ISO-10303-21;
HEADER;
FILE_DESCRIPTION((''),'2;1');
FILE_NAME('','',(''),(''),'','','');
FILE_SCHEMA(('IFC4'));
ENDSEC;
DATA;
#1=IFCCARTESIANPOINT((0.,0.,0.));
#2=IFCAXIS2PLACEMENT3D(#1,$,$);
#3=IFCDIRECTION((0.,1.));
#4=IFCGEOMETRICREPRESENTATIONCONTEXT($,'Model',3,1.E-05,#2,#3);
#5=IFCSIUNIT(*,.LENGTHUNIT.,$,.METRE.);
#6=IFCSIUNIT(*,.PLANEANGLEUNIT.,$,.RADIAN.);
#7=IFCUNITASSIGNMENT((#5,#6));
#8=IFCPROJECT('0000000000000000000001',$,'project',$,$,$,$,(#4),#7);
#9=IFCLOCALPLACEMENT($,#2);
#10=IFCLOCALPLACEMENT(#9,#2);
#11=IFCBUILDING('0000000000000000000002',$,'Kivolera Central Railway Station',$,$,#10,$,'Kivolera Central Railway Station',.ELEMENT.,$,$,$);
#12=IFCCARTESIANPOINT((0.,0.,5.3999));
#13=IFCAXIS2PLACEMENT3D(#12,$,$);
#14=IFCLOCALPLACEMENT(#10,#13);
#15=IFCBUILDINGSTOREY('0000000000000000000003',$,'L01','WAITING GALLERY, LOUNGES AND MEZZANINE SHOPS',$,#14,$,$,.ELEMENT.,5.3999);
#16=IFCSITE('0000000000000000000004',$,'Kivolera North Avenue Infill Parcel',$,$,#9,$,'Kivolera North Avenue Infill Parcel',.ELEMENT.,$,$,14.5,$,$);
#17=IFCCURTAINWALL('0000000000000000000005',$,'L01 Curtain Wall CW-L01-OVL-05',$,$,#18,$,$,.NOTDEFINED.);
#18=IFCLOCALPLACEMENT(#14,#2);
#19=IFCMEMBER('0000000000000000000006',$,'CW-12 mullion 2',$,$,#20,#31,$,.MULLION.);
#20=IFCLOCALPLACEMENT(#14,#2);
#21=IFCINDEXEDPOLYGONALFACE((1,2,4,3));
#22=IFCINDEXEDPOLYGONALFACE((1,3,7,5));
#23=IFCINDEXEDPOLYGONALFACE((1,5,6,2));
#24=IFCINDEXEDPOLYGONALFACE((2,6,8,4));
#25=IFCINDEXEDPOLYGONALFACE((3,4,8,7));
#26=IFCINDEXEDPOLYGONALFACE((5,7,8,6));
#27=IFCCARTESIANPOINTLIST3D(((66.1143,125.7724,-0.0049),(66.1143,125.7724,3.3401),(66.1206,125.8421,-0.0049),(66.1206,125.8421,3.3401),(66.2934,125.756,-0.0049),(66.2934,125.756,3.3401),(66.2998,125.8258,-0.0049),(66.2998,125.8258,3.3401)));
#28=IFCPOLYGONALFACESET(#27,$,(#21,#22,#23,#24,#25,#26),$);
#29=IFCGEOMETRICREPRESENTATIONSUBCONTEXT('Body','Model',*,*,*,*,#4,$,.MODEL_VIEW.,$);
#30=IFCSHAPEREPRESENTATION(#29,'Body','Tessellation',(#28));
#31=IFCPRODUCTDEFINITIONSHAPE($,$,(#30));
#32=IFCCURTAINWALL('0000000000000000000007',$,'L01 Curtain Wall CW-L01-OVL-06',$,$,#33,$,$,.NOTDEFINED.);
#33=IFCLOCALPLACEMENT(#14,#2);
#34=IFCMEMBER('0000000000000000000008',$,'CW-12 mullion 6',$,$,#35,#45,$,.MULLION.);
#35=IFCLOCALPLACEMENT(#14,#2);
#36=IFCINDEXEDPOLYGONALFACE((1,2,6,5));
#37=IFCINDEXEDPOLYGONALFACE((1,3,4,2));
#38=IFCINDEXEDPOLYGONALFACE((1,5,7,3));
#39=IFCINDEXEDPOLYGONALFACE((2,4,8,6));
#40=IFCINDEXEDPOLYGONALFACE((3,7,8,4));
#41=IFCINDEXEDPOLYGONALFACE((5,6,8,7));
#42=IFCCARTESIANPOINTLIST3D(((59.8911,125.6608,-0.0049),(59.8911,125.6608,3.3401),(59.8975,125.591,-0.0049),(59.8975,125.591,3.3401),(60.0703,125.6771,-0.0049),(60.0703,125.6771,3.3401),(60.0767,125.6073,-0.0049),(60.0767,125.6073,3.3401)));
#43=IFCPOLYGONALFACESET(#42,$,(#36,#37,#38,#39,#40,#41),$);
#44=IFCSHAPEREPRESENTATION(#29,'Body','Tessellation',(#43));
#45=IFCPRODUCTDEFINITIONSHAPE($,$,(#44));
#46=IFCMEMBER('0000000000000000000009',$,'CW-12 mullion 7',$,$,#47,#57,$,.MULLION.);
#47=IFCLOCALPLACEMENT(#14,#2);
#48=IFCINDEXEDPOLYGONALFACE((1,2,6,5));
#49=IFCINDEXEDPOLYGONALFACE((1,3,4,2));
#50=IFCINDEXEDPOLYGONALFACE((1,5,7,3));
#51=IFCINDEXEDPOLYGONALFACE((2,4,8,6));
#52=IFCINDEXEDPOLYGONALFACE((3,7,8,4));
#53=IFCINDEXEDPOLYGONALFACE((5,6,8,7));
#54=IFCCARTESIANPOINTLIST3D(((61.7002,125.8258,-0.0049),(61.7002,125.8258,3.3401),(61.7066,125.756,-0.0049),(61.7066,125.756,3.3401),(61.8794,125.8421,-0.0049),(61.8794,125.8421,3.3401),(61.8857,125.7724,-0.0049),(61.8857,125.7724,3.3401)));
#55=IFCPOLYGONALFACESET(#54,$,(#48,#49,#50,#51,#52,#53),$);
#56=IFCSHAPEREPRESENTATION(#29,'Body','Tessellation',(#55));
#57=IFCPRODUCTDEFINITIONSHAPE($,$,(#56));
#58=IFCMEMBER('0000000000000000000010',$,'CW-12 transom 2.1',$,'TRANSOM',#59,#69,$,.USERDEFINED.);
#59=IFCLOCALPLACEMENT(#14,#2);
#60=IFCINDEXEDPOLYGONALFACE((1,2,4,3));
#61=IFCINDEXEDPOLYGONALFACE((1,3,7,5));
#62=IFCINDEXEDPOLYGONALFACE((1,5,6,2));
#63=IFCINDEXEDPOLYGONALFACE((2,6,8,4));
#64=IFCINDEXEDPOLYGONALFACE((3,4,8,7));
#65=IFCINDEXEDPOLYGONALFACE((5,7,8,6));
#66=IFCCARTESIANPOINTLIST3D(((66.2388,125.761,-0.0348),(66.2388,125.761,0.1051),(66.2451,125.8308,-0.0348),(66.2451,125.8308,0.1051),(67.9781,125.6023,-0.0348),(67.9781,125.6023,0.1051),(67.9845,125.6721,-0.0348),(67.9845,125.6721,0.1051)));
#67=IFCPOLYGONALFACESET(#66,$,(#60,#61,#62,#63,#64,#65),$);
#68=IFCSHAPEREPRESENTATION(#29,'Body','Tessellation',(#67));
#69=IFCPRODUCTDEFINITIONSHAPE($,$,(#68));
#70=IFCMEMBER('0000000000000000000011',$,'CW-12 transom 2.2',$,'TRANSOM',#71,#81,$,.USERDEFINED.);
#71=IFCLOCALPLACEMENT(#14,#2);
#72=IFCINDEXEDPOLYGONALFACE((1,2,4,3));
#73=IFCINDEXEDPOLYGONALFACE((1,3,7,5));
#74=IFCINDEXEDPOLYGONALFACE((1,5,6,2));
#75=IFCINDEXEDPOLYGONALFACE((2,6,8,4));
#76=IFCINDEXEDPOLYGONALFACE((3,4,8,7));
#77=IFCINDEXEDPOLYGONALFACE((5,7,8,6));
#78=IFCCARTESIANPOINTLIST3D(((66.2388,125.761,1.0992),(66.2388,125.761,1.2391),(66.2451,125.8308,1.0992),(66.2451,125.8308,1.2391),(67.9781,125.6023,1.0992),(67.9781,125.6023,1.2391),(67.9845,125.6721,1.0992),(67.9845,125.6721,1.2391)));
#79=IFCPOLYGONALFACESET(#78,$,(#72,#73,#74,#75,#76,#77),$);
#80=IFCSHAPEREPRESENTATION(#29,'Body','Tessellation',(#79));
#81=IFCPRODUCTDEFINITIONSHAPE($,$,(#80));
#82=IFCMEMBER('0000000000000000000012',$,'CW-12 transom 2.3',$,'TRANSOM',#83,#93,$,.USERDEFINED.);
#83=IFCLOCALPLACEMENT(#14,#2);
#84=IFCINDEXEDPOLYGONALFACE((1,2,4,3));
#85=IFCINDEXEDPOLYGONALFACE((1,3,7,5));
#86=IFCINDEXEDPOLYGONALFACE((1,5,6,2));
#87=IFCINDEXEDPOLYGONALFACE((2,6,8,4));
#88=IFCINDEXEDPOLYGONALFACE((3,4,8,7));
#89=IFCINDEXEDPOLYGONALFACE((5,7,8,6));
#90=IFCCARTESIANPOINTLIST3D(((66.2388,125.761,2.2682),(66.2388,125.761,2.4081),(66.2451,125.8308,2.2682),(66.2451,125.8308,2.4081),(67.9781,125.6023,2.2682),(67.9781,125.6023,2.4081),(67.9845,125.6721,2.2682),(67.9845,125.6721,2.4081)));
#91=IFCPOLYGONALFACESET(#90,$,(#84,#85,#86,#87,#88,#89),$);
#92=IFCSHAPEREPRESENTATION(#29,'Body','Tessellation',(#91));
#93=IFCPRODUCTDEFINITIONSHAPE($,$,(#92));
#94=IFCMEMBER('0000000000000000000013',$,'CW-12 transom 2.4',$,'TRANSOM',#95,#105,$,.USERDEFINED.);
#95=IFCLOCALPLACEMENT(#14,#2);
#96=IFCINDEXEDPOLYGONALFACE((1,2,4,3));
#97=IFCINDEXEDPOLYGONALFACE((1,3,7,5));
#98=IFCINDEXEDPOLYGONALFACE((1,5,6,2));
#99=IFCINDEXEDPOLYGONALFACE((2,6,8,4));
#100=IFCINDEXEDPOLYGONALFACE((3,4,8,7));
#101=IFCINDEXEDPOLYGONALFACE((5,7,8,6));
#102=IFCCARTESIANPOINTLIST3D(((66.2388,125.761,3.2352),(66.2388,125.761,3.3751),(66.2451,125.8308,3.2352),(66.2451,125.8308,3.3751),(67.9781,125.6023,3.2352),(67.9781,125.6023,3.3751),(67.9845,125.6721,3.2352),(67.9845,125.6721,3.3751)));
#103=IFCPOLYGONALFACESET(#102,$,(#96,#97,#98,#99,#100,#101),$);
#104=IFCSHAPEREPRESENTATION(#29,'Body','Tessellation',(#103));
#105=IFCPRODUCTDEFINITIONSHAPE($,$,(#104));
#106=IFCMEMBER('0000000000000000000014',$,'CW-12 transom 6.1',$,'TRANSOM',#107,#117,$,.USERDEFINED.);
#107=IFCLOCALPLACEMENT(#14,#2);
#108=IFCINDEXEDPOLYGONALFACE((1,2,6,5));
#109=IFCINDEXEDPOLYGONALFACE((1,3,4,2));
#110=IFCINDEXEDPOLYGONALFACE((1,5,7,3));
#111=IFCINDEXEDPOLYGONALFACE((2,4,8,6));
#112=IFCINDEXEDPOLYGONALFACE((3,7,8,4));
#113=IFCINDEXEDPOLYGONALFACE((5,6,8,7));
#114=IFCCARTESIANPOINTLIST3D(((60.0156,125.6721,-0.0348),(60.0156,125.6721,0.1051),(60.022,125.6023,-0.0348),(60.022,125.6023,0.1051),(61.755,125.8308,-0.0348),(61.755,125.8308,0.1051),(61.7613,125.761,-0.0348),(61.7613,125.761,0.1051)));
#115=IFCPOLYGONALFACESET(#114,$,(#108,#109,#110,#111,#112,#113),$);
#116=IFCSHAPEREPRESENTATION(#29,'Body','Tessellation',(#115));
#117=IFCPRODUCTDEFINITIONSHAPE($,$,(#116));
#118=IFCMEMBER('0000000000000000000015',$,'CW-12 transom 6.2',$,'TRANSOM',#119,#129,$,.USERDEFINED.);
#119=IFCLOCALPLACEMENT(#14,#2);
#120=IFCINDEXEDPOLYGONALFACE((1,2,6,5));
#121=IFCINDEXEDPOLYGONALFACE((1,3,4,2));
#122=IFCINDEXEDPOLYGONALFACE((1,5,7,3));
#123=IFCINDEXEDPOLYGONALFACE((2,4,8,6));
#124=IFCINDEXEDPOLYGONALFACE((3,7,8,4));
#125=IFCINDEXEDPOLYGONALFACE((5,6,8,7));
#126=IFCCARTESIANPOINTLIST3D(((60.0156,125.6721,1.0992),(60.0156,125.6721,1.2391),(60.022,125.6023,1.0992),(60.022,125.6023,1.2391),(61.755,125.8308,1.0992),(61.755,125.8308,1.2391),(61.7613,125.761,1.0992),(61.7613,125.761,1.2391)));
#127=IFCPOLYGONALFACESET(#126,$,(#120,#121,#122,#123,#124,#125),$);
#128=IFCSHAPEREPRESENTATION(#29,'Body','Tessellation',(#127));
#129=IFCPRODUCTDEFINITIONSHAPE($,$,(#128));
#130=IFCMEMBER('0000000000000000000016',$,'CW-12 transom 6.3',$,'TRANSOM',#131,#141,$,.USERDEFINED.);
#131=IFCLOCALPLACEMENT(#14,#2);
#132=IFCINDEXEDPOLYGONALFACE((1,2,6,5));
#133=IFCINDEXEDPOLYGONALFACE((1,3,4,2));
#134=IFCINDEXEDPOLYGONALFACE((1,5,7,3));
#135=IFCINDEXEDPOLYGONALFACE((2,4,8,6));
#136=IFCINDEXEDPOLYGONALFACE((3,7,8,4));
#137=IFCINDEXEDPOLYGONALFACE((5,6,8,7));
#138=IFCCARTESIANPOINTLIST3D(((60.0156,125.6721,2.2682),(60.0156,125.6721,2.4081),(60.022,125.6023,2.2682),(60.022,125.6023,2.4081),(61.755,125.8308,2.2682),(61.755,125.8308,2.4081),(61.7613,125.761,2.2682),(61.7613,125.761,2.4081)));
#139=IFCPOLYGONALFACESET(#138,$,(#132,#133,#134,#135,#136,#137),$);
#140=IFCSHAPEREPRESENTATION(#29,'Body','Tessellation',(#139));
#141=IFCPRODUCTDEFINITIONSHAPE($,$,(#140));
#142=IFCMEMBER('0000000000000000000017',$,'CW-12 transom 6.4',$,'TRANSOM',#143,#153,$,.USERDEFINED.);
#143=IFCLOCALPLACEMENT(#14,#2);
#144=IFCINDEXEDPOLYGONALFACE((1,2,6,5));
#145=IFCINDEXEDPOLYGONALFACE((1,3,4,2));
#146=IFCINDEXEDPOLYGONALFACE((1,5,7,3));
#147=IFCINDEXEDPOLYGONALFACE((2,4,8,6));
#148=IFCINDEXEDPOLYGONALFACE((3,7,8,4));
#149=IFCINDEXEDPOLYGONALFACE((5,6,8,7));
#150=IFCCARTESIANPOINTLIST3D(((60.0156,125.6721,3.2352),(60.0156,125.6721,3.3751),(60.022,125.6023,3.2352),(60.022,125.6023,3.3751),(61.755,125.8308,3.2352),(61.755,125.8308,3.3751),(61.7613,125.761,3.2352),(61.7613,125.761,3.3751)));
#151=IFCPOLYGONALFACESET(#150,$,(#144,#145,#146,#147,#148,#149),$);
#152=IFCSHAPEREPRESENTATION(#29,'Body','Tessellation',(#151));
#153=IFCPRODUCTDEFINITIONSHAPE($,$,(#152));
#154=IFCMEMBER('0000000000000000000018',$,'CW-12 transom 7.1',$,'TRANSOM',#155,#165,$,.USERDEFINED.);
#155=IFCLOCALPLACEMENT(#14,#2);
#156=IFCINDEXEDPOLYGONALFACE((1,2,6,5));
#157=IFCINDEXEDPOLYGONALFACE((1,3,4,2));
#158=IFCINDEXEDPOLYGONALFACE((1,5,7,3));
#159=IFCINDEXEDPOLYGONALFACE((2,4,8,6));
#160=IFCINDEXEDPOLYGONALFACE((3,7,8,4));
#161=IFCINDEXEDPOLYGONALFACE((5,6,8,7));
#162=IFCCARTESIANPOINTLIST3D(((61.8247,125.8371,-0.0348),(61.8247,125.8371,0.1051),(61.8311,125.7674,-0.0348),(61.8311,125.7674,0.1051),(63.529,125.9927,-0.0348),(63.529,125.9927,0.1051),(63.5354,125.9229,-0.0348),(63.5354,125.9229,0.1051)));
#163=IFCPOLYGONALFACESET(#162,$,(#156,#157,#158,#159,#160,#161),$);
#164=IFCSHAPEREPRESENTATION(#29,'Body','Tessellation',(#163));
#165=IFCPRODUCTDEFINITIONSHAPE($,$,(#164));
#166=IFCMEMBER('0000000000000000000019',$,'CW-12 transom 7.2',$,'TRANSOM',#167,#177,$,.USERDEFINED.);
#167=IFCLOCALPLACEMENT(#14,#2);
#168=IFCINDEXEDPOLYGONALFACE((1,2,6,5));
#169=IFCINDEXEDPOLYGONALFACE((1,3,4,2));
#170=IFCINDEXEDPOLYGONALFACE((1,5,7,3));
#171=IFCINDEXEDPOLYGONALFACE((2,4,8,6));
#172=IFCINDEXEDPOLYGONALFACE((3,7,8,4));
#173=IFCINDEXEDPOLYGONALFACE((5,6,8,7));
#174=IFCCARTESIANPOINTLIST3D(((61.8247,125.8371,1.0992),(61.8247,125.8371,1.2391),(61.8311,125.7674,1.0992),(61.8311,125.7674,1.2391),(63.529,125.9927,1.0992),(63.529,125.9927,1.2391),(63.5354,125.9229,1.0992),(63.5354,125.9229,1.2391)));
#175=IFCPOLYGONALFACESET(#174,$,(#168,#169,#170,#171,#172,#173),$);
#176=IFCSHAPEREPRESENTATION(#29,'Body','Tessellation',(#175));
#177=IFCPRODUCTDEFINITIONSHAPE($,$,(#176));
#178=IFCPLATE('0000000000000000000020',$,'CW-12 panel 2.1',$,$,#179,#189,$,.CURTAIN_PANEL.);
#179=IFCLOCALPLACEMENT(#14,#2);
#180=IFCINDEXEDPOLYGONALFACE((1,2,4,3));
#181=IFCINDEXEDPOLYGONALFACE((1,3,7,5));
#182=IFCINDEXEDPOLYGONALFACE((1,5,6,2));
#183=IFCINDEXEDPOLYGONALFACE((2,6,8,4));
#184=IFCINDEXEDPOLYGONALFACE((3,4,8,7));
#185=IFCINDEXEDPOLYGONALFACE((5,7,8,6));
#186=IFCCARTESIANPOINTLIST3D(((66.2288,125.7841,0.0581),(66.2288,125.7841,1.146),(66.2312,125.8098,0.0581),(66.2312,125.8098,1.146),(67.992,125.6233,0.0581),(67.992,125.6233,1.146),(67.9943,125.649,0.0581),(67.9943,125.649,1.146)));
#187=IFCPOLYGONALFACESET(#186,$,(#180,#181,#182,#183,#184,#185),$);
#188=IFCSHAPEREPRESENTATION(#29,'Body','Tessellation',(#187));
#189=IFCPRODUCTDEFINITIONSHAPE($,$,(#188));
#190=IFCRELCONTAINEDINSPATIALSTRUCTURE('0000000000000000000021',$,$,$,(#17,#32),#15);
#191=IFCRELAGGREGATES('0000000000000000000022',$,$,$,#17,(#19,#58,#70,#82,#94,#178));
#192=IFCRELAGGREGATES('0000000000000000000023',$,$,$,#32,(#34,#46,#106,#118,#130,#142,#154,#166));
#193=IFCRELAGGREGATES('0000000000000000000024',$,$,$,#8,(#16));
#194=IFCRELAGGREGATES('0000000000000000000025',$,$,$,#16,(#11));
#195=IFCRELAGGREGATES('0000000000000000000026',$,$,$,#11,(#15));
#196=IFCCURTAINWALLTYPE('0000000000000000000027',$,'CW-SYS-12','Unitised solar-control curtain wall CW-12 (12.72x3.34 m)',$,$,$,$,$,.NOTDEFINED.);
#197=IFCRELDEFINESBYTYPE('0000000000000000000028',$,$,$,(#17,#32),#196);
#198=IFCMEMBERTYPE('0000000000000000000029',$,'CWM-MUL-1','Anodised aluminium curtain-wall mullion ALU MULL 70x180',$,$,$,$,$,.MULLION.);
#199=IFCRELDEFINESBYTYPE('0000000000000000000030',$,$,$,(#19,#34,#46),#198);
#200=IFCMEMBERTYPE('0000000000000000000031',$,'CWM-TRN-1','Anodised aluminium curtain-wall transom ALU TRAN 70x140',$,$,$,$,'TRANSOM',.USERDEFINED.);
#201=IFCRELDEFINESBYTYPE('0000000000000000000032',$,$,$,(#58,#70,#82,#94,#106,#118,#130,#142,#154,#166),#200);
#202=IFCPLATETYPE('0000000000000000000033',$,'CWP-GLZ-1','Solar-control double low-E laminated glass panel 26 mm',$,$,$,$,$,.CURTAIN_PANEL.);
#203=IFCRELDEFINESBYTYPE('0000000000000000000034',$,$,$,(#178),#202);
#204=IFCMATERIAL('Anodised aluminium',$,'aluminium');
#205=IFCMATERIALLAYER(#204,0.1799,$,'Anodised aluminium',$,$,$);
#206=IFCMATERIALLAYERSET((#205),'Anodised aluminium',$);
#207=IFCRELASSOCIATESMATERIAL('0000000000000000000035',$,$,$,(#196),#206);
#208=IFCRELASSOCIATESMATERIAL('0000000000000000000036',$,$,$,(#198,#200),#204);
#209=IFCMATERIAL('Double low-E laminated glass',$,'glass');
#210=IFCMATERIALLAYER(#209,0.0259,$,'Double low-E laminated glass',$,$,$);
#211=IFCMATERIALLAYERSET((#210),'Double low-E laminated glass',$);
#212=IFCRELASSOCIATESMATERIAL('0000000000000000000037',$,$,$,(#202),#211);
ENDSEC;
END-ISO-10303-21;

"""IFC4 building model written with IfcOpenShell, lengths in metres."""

from ifc_helpers import new_model, si_unit, direction, frame, origin, origin_2d, place, context, subcontext, project, spatial, rectangle, extrude, material, layer, layer_set, material_profile, profile_set, type_object, element, aggregate, save


model = new_model("IFC4")

# Units and contexts
model_context = context("Model", 3, precision=1e-05, world=origin(), true_north=direction((0.0, 1.0)))
body_context = subcontext(model_context, "Body", "Model", "MODEL_VIEW")
ifc_project = project(units=[si_unit("LENGTHUNIT", "METRE"), si_unit("PLANEANGLEUNIT", "RADIAN")], contexts=[model_context])

# Site, building, storey
site_placement = place(None, origin())
site = spatial("IfcSite", under=ifc_project, at=site_placement, Name="Kivolera North Avenue Infill Parcel", LongName="Kivolera North Avenue Infill Parcel", CompositionType="ELEMENT", RefElevation=14.5)
building_placement = place(site_placement, origin())
building = spatial("IfcBuilding", under=site, at=building_placement, Name="Kivolera Central Railway Station", LongName="Kivolera Central Railway Station", CompositionType="ELEMENT")
storey_placement = place(building_placement, frame((0.0, 0.0, 5.3999)))
storey = spatial("IfcBuildingStorey", under=building, at=storey_placement, Name="L01", Description="WAITING GALLERY, LOUNGES AND MEZZANINE SHOPS", CompositionType="ELEMENT", Elevation=5.3999)

# Curtain wall, member
ifc_material_1 = material(Name="Anodised aluminium", Category="aluminium")
ifc_layer_1 = layer(ifc_material_1, 0.1799, Name="Anodised aluminium")
ifc_layer_set_1 = layer_set([ifc_layer_1], Name="Anodised aluminium")
curtain_wall_type = type_object("IfcCurtainWallType", Name="CW-SYS-12", Description="Unitised solar-control curtain wall CW-12 (12.72x3.34 m)", PredefinedType="NOTDEFINED", material=ifc_layer_set_1)
curtain_wall_1_placement = place(storey_placement, origin())
curtain_wall_1 = element("IfcCurtainWall", 1, at=curtain_wall_1_placement, inside=storey, type_object=curtain_wall_type, Name="L01 Curtain Wall CW-L01-OVL-05", PredefinedType="NOTDEFINED")
ifc_material_profile_1 = material_profile(ifc_material_1, rectangle(XDim=0.0701, YDim=0.1799, at=origin_2d()), Name="ALU MULL 70x180")
ifc_profile_set_1 = profile_set([ifc_material_profile_1], Name="Anodised aluminium")
member_type_1 = type_object("IfcMemberType", Name="CWM-MUL-1", Description="Anodised aluminium curtain-wall mullion ALU MULL 70x180", PredefinedType="MULLION", material=ifc_profile_set_1)
member_1_placement = place(storey_placement, frame((66.207, 125.7991, -0.0049), z_axis=(0.0, 0.0, 1.0), x_axis=(0.090834, 0.995866, 0.0)))
member_1 = element("IfcMember", 2, at=member_1_placement, type_object=member_type_1, Name="CW-12 mullion 2", PredefinedType="MULLION", context=body_context, shape_type="SweptSolid", body=[
    extrude(rectangle(XDim=0.0701, YDim=0.1799, at=origin_2d()), origin(), (0.0, 0.0, 1.0), 3.345),
])

# Curtain wall, members
curtain_wall_2_placement = place(storey_placement, origin())
curtain_wall_2 = element("IfcCurtainWall", 3, at=curtain_wall_2_placement, inside=storey, type_object=curtain_wall_type, Name="L01 Curtain Wall CW-L01-OVL-06", PredefinedType="NOTDEFINED")
member_2_placement = place(storey_placement, frame((59.9839, 125.634, -0.0049), z_axis=(0.0, 0.0, 1.0), x_axis=(-0.090834, 0.995866, 0.0)))
member_2 = element("IfcMember", 4, at=member_2_placement, type_object=member_type_1, Name="CW-12 mullion 6", PredefinedType="MULLION", context=body_context, shape_type="SweptSolid", body=[
    extrude(rectangle(XDim=0.0701, YDim=0.1799, at=origin_2d()), origin(), (0.0, 0.0, 1.0), 3.345),
])
member_3_placement = place(storey_placement, frame((61.793, 125.7991, -0.0049), z_axis=(0.0, 0.0, 1.0), x_axis=(-0.090834, 0.995866, 0.0)))
member_3 = element("IfcMember", 5, at=member_3_placement, type_object=member_type_1, Name="CW-12 mullion 7", PredefinedType="MULLION", context=body_context, shape_type="SweptSolid", body=[
    extrude(rectangle(XDim=0.0701, YDim=0.1799, at=origin_2d()), origin(), (0.0, 0.0, 1.0), 3.345),
])

# Members
ifc_material_profile_2 = material_profile(ifc_material_1, rectangle(XDim=0.0701, YDim=0.1399, at=origin_2d()), Name="ALU TRAN 70x140")
ifc_profile_set_2 = profile_set([ifc_material_profile_2], Name="Anodised aluminium")
member_type_2 = type_object("IfcMemberType", Name="CWM-TRN-1", Description="Anodised aluminium curtain-wall transom ALU TRAN 70x140", ElementType="TRANSOM", PredefinedType="USERDEFINED", material=ifc_profile_set_2)
member_4_placement = place(storey_placement, frame((66.2419, 125.7959, 0.0352), z_axis=(0.995863, -0.090863, 0.0), x_axis=(0.090863, 0.995863, 0.0)))
member_4 = element("IfcMember", 6, at=member_4_placement, type_object=member_type_2, Name="CW-12 transom 2.1", ObjectType="TRANSOM", PredefinedType="USERDEFINED", context=body_context, shape_type="SweptSolid", body=[
    extrude(rectangle(XDim=0.0701, YDim=0.1399, at=origin_2d()), origin(), (0.0, 0.0, 1.0), 1.7466),
])
member_5_placement = place(storey_placement, frame((66.2419, 125.7959, 1.1692), z_axis=(0.995863, -0.090863, 0.0), x_axis=(0.090863, 0.995863, 0.0)))
member_5 = element("IfcMember", 7, at=member_5_placement, type_object=member_type_2, Name="CW-12 transom 2.2", ObjectType="TRANSOM", PredefinedType="USERDEFINED", context=body_context, shape_type="SweptSolid", body=[
    extrude(rectangle(XDim=0.0701, YDim=0.1399, at=origin_2d()), origin(), (0.0, 0.0, 1.0), 1.7466),
])
member_6_placement = place(storey_placement, frame((66.2419, 125.7959, 2.3381), z_axis=(0.995863, -0.090863, 0.0), x_axis=(0.090863, 0.995863, 0.0)))
member_6 = element("IfcMember", 8, at=member_6_placement, type_object=member_type_2, Name="CW-12 transom 2.3", ObjectType="TRANSOM", PredefinedType="USERDEFINED", context=body_context, shape_type="SweptSolid", body=[
    extrude(rectangle(XDim=0.0701, YDim=0.1399, at=origin_2d()), origin(), (0.0, 0.0, 1.0), 1.7466),
])
member_7_placement = place(storey_placement, frame((66.2419, 125.7959, 3.3052), z_axis=(0.995863, -0.090863, 0.0), x_axis=(0.090863, 0.995863, 0.0)))
member_7 = element("IfcMember", 9, at=member_7_placement, type_object=member_type_2, Name="CW-12 transom 2.4", ObjectType="TRANSOM", PredefinedType="USERDEFINED", context=body_context, shape_type="SweptSolid", body=[
    extrude(rectangle(XDim=0.0701, YDim=0.1399, at=origin_2d()), origin(), (0.0, 0.0, 1.0), 1.7466),
])
member_8_placement = place(storey_placement, frame((60.0188, 125.6372, 0.0352), z_axis=(0.995863, 0.090863, 0.0), x_axis=(-0.090863, 0.995863, 0.0)))
member_8 = element("IfcMember", 10, at=member_8_placement, type_object=member_type_2, Name="CW-12 transom 6.1", ObjectType="TRANSOM", PredefinedType="USERDEFINED", context=body_context, shape_type="SweptSolid", body=[
    extrude(rectangle(XDim=0.0701, YDim=0.1399, at=origin_2d()), origin(), (0.0, 0.0, 1.0), 1.7466),
])
member_9_placement = place(storey_placement, frame((60.0188, 125.6372, 1.1692), z_axis=(0.995863, 0.090863, 0.0), x_axis=(-0.090863, 0.995863, 0.0)))
member_9 = element("IfcMember", 11, at=member_9_placement, type_object=member_type_2, Name="CW-12 transom 6.2", ObjectType="TRANSOM", PredefinedType="USERDEFINED", context=body_context, shape_type="SweptSolid", body=[
    extrude(rectangle(XDim=0.0701, YDim=0.1399, at=origin_2d()), origin(), (0.0, 0.0, 1.0), 1.7466),
])
member_10_placement = place(storey_placement, frame((60.0188, 125.6372, 2.3381), z_axis=(0.995863, 0.090863, 0.0), x_axis=(-0.090863, 0.995863, 0.0)))
member_10 = element("IfcMember", 12, at=member_10_placement, type_object=member_type_2, Name="CW-12 transom 6.3", ObjectType="TRANSOM", PredefinedType="USERDEFINED", context=body_context, shape_type="SweptSolid", body=[
    extrude(rectangle(XDim=0.0701, YDim=0.1399, at=origin_2d()), origin(), (0.0, 0.0, 1.0), 1.7466),
])
member_11_placement = place(storey_placement, frame((60.0188, 125.6372, 3.3052), z_axis=(0.995863, 0.090863, 0.0), x_axis=(-0.090863, 0.995863, 0.0)))
member_11 = element("IfcMember", 13, at=member_11_placement, type_object=member_type_2, Name="CW-12 transom 6.4", ObjectType="TRANSOM", PredefinedType="USERDEFINED", context=body_context, shape_type="SweptSolid", body=[
    extrude(rectangle(XDim=0.0701, YDim=0.1399, at=origin_2d()), origin(), (0.0, 0.0, 1.0), 1.7466),
])
member_12_placement = place(storey_placement, frame((61.8279, 125.8022, 0.0352), z_axis=(0.995863, 0.09087, 0.0), x_axis=(-0.09087, 0.995863, 0.0)))
member_12 = element("IfcMember", 14, at=member_12_placement, type_object=member_type_2, Name="CW-12 transom 7.1", ObjectType="TRANSOM", PredefinedType="USERDEFINED", context=body_context, shape_type="SweptSolid", body=[
    extrude(rectangle(XDim=0.0701, YDim=0.1399, at=origin_2d()), origin(), (0.0, 0.0, 1.0), 1.7114),
])
member_13_placement = place(storey_placement, frame((61.8279, 125.8022, 1.1692), z_axis=(0.995863, 0.09087, 0.0), x_axis=(-0.09087, 0.995863, 0.0)))
member_13 = element("IfcMember", 15, at=member_13_placement, type_object=member_type_2, Name="CW-12 transom 7.2", ObjectType="TRANSOM", PredefinedType="USERDEFINED", context=body_context, shape_type="SweptSolid", body=[
    extrude(rectangle(XDim=0.0701, YDim=0.1399, at=origin_2d()), origin(), (0.0, 0.0, 1.0), 1.7114),
])

# Plate
ifc_material_2 = material(Name="Double low-E laminated glass", Category="glass")
ifc_layer_2 = layer(ifc_material_2, 0.0259, Name="Double low-E laminated glass")
ifc_layer_set_2 = layer_set([ifc_layer_2], Name="Double low-E laminated glass")
plate_type_1 = type_object("IfcPlateType", Name="CWP-GLZ-1", Description="Solar-control double low-E laminated glass panel 26 mm", PredefinedType="CURTAIN_PANEL", material=ifc_layer_set_2)
plate_1_placement = place(storey_placement, frame((67.1116, 125.7166, 0.0581), z_axis=(0.0, 0.0, 1.0), x_axis=(0.995866, -0.090834, 0.0)))
plate_1 = element("IfcPlate", 16, at=plate_1_placement, type_object=plate_type_1, Name="CW-12 panel 2.1", PredefinedType="CURTAIN_PANEL", context=body_context, shape_type="SweptSolid", body=[
    extrude(rectangle(XDim=1.7705, YDim=0.0259, at=origin_2d()), origin(), (0.0, 0.0, 1.0), 1.0879),
])
aggregate(curtain_wall_1, [member_1, member_4, member_5, member_6, member_7, plate_1])
aggregate(curtain_wall_2, [member_2, member_3, member_8, member_9, member_10, member_11, member_12, member_13])

save(model, "model.ifc")
